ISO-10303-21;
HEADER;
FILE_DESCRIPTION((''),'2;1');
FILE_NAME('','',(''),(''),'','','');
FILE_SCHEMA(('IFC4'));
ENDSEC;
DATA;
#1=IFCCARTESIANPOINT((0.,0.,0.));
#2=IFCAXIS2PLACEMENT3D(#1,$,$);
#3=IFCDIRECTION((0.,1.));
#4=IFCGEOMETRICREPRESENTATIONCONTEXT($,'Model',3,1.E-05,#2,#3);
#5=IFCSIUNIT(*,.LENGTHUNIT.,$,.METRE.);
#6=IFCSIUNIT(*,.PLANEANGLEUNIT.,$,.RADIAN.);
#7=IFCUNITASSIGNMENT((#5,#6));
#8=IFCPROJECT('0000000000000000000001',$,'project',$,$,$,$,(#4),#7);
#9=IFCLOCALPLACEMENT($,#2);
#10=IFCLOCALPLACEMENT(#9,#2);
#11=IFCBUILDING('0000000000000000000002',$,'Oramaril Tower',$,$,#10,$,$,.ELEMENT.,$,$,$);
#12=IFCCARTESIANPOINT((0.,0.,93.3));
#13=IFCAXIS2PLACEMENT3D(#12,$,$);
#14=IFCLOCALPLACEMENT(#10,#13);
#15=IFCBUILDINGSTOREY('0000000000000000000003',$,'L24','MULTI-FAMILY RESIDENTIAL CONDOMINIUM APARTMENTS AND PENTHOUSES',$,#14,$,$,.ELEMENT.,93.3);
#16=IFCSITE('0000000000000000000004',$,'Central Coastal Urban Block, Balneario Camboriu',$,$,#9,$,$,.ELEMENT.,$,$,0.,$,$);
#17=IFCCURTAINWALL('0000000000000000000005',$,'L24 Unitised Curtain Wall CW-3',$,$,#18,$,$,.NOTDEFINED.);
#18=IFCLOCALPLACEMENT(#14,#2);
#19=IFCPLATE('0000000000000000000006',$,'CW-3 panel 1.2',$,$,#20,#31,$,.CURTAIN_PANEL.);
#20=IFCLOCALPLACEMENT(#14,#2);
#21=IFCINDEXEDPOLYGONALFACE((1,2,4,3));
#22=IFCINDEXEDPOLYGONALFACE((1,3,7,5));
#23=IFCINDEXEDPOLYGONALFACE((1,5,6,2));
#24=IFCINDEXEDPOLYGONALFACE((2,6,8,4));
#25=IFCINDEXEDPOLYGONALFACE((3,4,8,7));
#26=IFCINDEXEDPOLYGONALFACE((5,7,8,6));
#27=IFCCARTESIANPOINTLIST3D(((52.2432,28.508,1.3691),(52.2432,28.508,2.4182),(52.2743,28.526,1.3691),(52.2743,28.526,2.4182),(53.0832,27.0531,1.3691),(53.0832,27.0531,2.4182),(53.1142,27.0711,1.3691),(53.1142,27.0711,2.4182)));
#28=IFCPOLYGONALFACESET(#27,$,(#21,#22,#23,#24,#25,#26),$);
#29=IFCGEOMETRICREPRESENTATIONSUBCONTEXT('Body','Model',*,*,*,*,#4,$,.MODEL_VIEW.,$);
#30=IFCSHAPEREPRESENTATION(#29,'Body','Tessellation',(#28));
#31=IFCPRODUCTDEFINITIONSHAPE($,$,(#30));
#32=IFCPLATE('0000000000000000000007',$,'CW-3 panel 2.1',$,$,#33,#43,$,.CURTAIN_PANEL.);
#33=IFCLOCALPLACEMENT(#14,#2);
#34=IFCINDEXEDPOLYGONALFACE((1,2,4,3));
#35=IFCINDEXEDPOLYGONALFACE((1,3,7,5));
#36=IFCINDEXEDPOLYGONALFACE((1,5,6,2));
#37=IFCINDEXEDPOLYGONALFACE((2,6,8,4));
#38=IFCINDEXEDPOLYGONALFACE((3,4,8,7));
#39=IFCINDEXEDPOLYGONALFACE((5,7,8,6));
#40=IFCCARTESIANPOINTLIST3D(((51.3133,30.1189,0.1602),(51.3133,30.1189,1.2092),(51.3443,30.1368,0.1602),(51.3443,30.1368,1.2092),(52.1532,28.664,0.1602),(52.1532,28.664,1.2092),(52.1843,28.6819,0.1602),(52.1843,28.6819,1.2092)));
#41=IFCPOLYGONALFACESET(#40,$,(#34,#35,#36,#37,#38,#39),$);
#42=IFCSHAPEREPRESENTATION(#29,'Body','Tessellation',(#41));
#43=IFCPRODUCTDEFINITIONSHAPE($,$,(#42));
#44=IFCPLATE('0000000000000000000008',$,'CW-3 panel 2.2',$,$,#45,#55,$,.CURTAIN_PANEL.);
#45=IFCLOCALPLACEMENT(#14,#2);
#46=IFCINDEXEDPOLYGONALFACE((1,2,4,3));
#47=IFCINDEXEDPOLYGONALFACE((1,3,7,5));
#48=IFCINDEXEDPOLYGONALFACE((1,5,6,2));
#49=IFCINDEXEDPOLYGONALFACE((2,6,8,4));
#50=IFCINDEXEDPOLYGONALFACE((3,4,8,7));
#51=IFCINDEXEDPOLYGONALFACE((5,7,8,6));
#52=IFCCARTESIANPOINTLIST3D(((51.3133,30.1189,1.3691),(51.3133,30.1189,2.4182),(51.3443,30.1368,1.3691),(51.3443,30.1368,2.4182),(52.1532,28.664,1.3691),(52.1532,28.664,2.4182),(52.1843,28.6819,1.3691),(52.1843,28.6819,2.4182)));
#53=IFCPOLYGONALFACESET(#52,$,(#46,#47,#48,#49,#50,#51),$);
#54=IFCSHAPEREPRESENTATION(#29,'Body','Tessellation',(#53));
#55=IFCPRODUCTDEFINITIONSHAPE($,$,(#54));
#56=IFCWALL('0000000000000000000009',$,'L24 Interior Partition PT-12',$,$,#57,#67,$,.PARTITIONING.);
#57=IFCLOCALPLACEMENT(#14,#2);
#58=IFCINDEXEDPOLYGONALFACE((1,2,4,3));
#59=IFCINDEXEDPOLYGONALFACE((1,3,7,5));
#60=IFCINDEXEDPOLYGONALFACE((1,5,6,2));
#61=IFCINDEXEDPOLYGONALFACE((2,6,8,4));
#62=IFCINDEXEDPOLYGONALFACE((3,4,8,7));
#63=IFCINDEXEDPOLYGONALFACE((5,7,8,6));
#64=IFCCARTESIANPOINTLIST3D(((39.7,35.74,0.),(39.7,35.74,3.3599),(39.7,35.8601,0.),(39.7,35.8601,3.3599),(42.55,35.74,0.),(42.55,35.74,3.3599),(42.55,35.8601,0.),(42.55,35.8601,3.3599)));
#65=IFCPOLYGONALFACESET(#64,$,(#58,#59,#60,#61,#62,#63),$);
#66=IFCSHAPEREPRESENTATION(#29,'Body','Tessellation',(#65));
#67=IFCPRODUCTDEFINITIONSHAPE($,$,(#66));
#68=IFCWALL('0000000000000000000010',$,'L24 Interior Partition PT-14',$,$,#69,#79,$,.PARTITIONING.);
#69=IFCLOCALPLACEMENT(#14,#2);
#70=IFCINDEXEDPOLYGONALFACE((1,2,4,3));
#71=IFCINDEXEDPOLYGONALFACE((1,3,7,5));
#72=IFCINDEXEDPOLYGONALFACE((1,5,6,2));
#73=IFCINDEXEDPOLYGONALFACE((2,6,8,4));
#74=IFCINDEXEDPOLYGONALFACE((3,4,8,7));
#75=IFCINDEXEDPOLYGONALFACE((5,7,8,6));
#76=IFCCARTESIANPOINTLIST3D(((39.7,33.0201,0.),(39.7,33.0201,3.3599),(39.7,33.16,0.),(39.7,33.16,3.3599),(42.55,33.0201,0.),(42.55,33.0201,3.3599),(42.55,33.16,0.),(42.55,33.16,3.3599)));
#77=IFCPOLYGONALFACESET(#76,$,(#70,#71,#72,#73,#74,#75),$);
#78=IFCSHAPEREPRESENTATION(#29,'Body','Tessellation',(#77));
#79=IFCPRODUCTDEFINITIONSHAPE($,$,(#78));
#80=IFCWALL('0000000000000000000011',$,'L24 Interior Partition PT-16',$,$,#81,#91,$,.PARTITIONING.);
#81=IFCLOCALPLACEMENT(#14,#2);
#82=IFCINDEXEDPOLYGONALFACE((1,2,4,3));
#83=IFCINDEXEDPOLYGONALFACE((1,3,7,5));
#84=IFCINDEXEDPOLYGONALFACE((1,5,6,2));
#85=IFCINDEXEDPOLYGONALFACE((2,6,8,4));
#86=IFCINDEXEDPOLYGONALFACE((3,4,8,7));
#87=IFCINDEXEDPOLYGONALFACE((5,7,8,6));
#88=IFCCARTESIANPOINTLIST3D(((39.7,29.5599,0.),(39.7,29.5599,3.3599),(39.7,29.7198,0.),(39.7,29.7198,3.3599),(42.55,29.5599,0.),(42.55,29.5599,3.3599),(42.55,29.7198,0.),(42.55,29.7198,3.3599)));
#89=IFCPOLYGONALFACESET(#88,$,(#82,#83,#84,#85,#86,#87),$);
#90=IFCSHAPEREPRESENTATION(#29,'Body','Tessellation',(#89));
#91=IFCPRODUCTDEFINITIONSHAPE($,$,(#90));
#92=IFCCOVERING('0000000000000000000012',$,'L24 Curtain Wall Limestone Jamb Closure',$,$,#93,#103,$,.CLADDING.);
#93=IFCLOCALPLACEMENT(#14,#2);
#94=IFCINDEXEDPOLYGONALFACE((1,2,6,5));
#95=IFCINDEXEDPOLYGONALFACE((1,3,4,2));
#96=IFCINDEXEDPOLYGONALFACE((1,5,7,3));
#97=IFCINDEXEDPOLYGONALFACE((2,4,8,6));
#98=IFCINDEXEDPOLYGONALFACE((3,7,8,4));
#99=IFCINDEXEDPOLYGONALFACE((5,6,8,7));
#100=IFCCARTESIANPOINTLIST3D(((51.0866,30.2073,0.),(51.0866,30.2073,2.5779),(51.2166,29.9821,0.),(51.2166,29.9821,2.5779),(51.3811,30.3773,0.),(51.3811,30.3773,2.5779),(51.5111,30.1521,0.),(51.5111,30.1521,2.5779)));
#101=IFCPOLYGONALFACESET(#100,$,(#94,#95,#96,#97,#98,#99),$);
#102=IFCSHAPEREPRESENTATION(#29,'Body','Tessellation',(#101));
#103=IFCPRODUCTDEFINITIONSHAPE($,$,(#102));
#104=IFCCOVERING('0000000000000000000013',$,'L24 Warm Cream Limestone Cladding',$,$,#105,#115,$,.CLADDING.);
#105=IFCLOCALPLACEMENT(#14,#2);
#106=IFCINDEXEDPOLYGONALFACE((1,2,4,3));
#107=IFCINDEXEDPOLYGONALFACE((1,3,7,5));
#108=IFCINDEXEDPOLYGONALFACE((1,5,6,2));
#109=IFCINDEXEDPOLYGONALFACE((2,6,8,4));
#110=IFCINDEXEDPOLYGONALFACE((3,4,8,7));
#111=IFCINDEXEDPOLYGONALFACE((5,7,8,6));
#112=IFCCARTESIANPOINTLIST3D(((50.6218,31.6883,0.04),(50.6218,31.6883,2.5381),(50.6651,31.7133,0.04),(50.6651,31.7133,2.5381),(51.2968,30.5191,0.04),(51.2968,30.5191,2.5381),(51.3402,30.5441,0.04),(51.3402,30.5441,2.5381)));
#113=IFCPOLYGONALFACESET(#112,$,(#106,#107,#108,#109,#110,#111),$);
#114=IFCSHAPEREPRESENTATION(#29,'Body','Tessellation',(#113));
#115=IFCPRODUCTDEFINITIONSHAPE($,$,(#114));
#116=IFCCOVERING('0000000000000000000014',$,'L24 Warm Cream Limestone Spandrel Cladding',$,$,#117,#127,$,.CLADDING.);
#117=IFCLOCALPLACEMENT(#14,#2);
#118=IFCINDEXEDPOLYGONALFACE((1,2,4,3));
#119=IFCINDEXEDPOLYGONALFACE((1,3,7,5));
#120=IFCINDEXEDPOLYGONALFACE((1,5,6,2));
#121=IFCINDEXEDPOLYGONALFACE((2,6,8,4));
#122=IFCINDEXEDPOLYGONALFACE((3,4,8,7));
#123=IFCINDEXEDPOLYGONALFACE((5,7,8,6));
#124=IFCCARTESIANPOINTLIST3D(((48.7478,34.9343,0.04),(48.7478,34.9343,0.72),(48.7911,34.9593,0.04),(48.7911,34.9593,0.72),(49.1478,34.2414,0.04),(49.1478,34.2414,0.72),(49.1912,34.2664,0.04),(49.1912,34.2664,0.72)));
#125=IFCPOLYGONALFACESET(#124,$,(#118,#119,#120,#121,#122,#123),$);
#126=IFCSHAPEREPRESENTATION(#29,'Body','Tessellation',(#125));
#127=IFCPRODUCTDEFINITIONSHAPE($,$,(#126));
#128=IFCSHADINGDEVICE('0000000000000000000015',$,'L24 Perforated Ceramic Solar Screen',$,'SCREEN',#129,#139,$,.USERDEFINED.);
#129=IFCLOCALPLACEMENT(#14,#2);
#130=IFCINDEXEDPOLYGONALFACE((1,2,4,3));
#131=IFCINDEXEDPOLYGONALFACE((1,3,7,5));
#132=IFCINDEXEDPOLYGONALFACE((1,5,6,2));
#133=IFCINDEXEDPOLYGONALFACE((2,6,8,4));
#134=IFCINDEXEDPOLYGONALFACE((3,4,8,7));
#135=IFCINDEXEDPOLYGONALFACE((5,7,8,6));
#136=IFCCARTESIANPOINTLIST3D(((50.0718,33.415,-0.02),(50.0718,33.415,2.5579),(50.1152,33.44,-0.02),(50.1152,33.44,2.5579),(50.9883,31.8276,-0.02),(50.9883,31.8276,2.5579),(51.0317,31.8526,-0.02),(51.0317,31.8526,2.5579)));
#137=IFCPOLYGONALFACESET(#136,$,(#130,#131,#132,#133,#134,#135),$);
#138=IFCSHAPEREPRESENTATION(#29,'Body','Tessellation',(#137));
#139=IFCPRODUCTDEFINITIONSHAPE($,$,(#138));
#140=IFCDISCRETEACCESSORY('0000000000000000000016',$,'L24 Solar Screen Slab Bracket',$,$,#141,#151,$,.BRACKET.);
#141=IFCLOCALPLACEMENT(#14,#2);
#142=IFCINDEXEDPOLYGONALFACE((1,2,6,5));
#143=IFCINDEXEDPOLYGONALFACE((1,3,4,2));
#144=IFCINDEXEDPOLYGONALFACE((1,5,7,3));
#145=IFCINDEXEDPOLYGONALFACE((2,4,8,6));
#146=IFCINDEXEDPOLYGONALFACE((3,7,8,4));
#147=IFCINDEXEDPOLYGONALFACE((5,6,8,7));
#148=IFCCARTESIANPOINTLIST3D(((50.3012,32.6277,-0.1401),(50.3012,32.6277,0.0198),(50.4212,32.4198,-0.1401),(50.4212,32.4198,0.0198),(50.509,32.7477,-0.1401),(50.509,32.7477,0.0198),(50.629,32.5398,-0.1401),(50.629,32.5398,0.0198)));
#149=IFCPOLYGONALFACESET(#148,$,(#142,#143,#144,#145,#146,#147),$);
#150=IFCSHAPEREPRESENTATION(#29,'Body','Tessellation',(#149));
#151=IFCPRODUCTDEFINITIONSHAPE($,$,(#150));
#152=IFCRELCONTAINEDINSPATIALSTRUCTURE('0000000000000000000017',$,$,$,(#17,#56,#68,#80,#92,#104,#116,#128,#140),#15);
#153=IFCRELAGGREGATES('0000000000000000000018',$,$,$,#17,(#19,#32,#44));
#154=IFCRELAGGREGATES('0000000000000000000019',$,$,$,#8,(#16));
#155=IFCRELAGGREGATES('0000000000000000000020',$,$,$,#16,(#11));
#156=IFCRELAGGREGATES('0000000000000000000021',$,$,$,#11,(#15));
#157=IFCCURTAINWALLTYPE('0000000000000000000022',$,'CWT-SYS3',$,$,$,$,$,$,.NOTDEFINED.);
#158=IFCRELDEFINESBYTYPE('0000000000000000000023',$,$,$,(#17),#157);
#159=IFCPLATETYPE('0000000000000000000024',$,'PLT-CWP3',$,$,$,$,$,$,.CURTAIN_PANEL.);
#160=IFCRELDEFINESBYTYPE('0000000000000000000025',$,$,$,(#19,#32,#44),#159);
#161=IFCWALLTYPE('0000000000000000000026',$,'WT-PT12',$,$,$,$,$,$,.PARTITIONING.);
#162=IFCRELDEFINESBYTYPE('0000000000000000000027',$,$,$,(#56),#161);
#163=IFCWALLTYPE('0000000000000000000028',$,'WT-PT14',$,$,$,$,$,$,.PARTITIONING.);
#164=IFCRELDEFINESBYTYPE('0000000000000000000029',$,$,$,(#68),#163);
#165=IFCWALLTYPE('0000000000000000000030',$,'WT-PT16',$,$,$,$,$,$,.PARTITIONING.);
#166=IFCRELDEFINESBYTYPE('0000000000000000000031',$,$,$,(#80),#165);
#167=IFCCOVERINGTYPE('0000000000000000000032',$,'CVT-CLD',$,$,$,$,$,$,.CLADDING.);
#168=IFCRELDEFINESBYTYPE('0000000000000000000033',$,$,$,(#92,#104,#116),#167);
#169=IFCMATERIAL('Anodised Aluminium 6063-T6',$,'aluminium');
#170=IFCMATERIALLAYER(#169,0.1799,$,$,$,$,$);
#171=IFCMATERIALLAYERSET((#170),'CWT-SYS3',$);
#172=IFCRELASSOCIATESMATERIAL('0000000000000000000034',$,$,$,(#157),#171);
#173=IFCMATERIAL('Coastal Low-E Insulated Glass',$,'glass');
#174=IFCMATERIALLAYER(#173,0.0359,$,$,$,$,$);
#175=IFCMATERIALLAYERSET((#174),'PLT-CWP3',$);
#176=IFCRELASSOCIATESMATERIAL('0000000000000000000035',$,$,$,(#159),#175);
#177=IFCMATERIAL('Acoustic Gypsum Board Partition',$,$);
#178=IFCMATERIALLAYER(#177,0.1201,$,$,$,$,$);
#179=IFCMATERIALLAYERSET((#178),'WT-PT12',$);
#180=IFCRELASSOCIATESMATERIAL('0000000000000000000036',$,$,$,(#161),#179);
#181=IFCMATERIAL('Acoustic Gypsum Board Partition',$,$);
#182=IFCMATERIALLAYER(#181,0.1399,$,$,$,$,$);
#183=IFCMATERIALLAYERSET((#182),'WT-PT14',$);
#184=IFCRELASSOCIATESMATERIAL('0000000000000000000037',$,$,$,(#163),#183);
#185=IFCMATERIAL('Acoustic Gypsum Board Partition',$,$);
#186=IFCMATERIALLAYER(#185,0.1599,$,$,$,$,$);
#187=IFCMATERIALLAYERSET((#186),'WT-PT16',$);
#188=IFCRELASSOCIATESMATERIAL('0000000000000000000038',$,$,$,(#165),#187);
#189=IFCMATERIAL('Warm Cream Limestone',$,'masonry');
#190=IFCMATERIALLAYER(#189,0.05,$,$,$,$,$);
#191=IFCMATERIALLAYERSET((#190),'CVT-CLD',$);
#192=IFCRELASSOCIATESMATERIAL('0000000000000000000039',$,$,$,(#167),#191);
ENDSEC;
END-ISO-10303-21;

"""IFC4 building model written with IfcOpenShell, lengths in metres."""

from ifc_helpers import new_model, si_unit, direction, frame, frame_2d, origin, origin_2d, place, context, subcontext, project, spatial, rectangle, extrude, material, layer, layer_set, type_object, element, aggregate, save


model = new_model("IFC4")

# Units and contexts
model_context = context("Model", 3, precision=1e-05, world=origin(), true_north=direction((0.0, 1.0)))
body_context = subcontext(model_context, "Body", "Model", "MODEL_VIEW")
ifc_project = project(units=[si_unit("LENGTHUNIT", "METRE"), si_unit("PLANEANGLEUNIT", "RADIAN")], contexts=[model_context])

# Site, building, storey
site_placement = place(None, origin())
site = spatial("IfcSite", under=ifc_project, at=site_placement, Name="Central Coastal Urban Block, Balneario Camboriu", CompositionType="ELEMENT", RefElevation=0.0)
building_placement = place(site_placement, origin())
building = spatial("IfcBuilding", under=site, at=building_placement, Name="Oramaril Tower", CompositionType="ELEMENT")
storey_placement = place(building_placement, frame((0.0, 0.0, 93.3)))
storey = spatial("IfcBuildingStorey", under=building, at=storey_placement, Name="L24", Description="MULTI-FAMILY RESIDENTIAL CONDOMINIUM APARTMENTS AND PENTHOUSES", CompositionType="ELEMENT", Elevation=93.3)

# Curtain wall, plates
ifc_material_1 = material(Name="Anodised Aluminium 6063-T6", Category="aluminium")
ifc_layer_1 = layer(ifc_material_1, 0.1799)
ifc_layer_set_1 = layer_set([ifc_layer_1], Name="CWT-SYS3")
curtain_wall_type = type_object("IfcCurtainWallType", Name="CWT-SYS3", PredefinedType="NOTDEFINED", material=ifc_layer_set_1)
curtain_wall_placement = place(storey_placement, origin())
curtain_wall = element("IfcCurtainWall", 1, at=curtain_wall_placement, inside=storey, type_object=curtain_wall_type, Name="L24 Unitised Curtain Wall CW-3", PredefinedType="NOTDEFINED")
ifc_material_2 = material(Name="Coastal Low-E Insulated Glass", Category="glass")
ifc_layer_2 = layer(ifc_material_2, 0.0359)
ifc_layer_set_2 = layer_set([ifc_layer_2], Name="PLT-CWP3")
plate_type = type_object("IfcPlateType", Name="PLT-CWP3", PredefinedType="CURTAIN_PANEL", material=ifc_layer_set_2)
plate_1_placement = place(storey_placement, frame((52.6787, 27.7896, 1.3691), z_axis=(0.0, 0.0, 1.0), x_axis=(-0.5, 0.866025, 0.0)))
plate_1 = element("IfcPlate", 2, at=plate_1_placement, type_object=plate_type, Name="CW-3 panel 1.2", PredefinedType="CURTAIN_PANEL", context=body_context, shape_type="SweptSolid", body=[
    extrude(rectangle(XDim=1.6799, YDim=0.0359, at=origin_2d()), origin(), (0.0, 0.0, 1.0), 1.0491),
])
plate_2_placement = place(storey_placement, frame((51.7488, 29.4004, 0.1602), z_axis=(0.0, 0.0, 1.0), x_axis=(-0.5, 0.866025, 0.0)))
plate_2 = element("IfcPlate", 3, at=plate_2_placement, type_object=plate_type, Name="CW-3 panel 2.1", PredefinedType="CURTAIN_PANEL", context=body_context, shape_type="SweptSolid", body=[
    extrude(rectangle(XDim=1.6799, YDim=0.0359, at=origin_2d()), origin(), (0.0, 0.0, 1.0), 1.0491),
])
plate_3_placement = place(storey_placement, frame((51.7488, 29.4004, 1.3691), z_axis=(0.0, 0.0, 1.0), x_axis=(-0.5, 0.866025, 0.0)))
plate_3 = element("IfcPlate", 4, at=plate_3_placement, type_object=plate_type, Name="CW-3 panel 2.2", PredefinedType="CURTAIN_PANEL", context=body_context, shape_type="SweptSolid", body=[
    extrude(rectangle(XDim=1.6799, YDim=0.0359, at=origin_2d()), origin(), (0.0, 0.0, 1.0), 1.0491),
])
aggregate(curtain_wall, [plate_1, plate_2, plate_3])

# Walls
ifc_material_3 = material(Name="Acoustic Gypsum Board Partition")
ifc_layer_3 = layer(ifc_material_3, 0.1201)
ifc_layer_set_3 = layer_set([ifc_layer_3], Name="WT-PT12")
wall_type_1 = type_object("IfcWallType", Name="WT-PT12", PredefinedType="PARTITIONING", material=ifc_layer_set_3)
wall_1_placement = place(storey_placement, frame((39.7, 35.8, 0.0), z_axis=(0.0, 0.0, 1.0), x_axis=(1.0, 0.0, 0.0)))
element("IfcWall", 5, at=wall_1_placement, inside=storey, type_object=wall_type_1, Name="L24 Interior Partition PT-12", PredefinedType="PARTITIONING", context=body_context, shape_type="SweptSolid", body=[
    extrude(rectangle(XDim=2.8501, YDim=0.1201, at=frame_2d((1.425, 0.0))), origin(), (0.0, 0.0, 1.0), 3.3599),
])
ifc_material_4 = material(Name="Acoustic Gypsum Board Partition")
ifc_layer_4 = layer(ifc_material_4, 0.1399)
ifc_layer_set_4 = layer_set([ifc_layer_4], Name="WT-PT14")
wall_type_2 = type_object("IfcWallType", Name="WT-PT14", PredefinedType="PARTITIONING", material=ifc_layer_set_4)
wall_2_placement = place(storey_placement, frame((39.7, 33.0901, 0.0), z_axis=(0.0, 0.0, 1.0), x_axis=(1.0, 0.0, 0.0)))
element("IfcWall", 6, at=wall_2_placement, inside=storey, type_object=wall_type_2, Name="L24 Interior Partition PT-14", PredefinedType="PARTITIONING", context=body_context, shape_type="SweptSolid", body=[
    extrude(rectangle(XDim=2.8501, YDim=0.1399, at=frame_2d((1.425, 0.0))), origin(), (0.0, 0.0, 1.0), 3.3599),
])
ifc_material_5 = material(Name="Acoustic Gypsum Board Partition")
ifc_layer_5 = layer(ifc_material_5, 0.1599)
ifc_layer_set_5 = layer_set([ifc_layer_5], Name="WT-PT16")
wall_type_3 = type_object("IfcWallType", Name="WT-PT16", PredefinedType="PARTITIONING", material=ifc_layer_set_5)
wall_3_placement = place(storey_placement, frame((39.7, 29.6399, 0.0), z_axis=(0.0, 0.0, 1.0), x_axis=(1.0, 0.0, 0.0)))
element("IfcWall", 7, at=wall_3_placement, inside=storey, type_object=wall_type_3, Name="L24 Interior Partition PT-16", PredefinedType="PARTITIONING", context=body_context, shape_type="SweptSolid", body=[
    extrude(rectangle(XDim=2.8501, YDim=0.1599, at=frame_2d((1.425, 0.0))), origin(), (0.0, 0.0, 1.0), 3.3599),
])

# Coverings
ifc_material_6 = material(Name="Warm Cream Limestone", Category="masonry")
ifc_layer_6 = layer(ifc_material_6, 0.05)
ifc_layer_set_6 = layer_set([ifc_layer_6], Name="CVT-CLD")
covering_type = type_object("IfcCoveringType", Name="CVT-CLD", PredefinedType="CLADDING", material=ifc_layer_set_6)
covering_1_placement = place(storey_placement, frame((51.2988, 30.1797, 0.0), z_axis=(0.0, 0.0, 1.0), x_axis=(-0.5, 0.866025, 0.0)))
element("IfcCovering", 8, at=covering_1_placement, inside=storey, type_object=covering_type, Name="L24 Curtain Wall Limestone Jamb Closure", PredefinedType="CLADDING", context=body_context, shape_type="SweptSolid", body=[
    extrude(rectangle(XDim=0.26, YDim=0.3401, at=origin_2d()), origin(), (0.0, 0.0, 1.0), 2.5779),
])
covering_2_placement = place(storey_placement, frame((50.981, 31.1162, 0.04), z_axis=(0.0, 0.0, 1.0), x_axis=(-0.5, 0.866025, 0.0)))
element("IfcCovering", 9, at=covering_2_placement, inside=storey, type_object=covering_type, Name="L24 Warm Cream Limestone Cladding", PredefinedType="CLADDING", context=body_context, shape_type="SweptSolid", body=[
    extrude(rectangle(XDim=1.3501, YDim=0.05, at=origin_2d()), origin(), (0.0, 0.0, 1.0), 2.498),
])
covering_3_placement = place(storey_placement, frame((48.9695, 34.6003, 0.04), z_axis=(0.0, 0.0, 1.0), x_axis=(-0.5, 0.866025, 0.0)))
element("IfcCovering", 10, at=covering_3_placement, inside=storey, type_object=covering_type, Name="L24 Warm Cream Limestone Spandrel Cladding", PredefinedType="CLADDING", context=body_context, shape_type="SweptSolid", body=[
    extrude(rectangle(XDim=0.8, YDim=0.05, at=origin_2d()), origin(), (0.0, 0.0, 1.0), 0.6799),
])

# Shading device
shading_device_placement = place(storey_placement, frame((50.5518, 32.6338, -0.02), z_axis=(0.0, 0.0, 1.0), x_axis=(-0.5, 0.866025, 0.0)))
element("IfcShadingDevice", 11, at=shading_device_placement, inside=storey, Name="L24 Perforated Ceramic Solar Screen", ObjectType="SCREEN", PredefinedType="USERDEFINED", context=body_context, shape_type="SweptSolid", body=[
    extrude(rectangle(XDim=1.833, YDim=0.05, at=origin_2d()), origin(), (0.0, 0.0, 1.0), 2.5779),
])

# Discrete accessory
discrete_accessory_placement = place(storey_placement, frame((50.4651, 32.5837, -0.1401), z_axis=(0.0, 0.0, 1.0), x_axis=(-0.5, 0.866025, 0.0)))
element("IfcDiscreteAccessory", 12, at=discrete_accessory_placement, inside=storey, Name="L24 Solar Screen Slab Bracket", PredefinedType="BRACKET", context=body_context, shape_type="SweptSolid", body=[
    extrude(rectangle(XDim=0.24, YDim=0.24, at=origin_2d()), origin(), (0.0, 0.0, 1.0), 0.1599),
])

save(model, "model.ifc")
